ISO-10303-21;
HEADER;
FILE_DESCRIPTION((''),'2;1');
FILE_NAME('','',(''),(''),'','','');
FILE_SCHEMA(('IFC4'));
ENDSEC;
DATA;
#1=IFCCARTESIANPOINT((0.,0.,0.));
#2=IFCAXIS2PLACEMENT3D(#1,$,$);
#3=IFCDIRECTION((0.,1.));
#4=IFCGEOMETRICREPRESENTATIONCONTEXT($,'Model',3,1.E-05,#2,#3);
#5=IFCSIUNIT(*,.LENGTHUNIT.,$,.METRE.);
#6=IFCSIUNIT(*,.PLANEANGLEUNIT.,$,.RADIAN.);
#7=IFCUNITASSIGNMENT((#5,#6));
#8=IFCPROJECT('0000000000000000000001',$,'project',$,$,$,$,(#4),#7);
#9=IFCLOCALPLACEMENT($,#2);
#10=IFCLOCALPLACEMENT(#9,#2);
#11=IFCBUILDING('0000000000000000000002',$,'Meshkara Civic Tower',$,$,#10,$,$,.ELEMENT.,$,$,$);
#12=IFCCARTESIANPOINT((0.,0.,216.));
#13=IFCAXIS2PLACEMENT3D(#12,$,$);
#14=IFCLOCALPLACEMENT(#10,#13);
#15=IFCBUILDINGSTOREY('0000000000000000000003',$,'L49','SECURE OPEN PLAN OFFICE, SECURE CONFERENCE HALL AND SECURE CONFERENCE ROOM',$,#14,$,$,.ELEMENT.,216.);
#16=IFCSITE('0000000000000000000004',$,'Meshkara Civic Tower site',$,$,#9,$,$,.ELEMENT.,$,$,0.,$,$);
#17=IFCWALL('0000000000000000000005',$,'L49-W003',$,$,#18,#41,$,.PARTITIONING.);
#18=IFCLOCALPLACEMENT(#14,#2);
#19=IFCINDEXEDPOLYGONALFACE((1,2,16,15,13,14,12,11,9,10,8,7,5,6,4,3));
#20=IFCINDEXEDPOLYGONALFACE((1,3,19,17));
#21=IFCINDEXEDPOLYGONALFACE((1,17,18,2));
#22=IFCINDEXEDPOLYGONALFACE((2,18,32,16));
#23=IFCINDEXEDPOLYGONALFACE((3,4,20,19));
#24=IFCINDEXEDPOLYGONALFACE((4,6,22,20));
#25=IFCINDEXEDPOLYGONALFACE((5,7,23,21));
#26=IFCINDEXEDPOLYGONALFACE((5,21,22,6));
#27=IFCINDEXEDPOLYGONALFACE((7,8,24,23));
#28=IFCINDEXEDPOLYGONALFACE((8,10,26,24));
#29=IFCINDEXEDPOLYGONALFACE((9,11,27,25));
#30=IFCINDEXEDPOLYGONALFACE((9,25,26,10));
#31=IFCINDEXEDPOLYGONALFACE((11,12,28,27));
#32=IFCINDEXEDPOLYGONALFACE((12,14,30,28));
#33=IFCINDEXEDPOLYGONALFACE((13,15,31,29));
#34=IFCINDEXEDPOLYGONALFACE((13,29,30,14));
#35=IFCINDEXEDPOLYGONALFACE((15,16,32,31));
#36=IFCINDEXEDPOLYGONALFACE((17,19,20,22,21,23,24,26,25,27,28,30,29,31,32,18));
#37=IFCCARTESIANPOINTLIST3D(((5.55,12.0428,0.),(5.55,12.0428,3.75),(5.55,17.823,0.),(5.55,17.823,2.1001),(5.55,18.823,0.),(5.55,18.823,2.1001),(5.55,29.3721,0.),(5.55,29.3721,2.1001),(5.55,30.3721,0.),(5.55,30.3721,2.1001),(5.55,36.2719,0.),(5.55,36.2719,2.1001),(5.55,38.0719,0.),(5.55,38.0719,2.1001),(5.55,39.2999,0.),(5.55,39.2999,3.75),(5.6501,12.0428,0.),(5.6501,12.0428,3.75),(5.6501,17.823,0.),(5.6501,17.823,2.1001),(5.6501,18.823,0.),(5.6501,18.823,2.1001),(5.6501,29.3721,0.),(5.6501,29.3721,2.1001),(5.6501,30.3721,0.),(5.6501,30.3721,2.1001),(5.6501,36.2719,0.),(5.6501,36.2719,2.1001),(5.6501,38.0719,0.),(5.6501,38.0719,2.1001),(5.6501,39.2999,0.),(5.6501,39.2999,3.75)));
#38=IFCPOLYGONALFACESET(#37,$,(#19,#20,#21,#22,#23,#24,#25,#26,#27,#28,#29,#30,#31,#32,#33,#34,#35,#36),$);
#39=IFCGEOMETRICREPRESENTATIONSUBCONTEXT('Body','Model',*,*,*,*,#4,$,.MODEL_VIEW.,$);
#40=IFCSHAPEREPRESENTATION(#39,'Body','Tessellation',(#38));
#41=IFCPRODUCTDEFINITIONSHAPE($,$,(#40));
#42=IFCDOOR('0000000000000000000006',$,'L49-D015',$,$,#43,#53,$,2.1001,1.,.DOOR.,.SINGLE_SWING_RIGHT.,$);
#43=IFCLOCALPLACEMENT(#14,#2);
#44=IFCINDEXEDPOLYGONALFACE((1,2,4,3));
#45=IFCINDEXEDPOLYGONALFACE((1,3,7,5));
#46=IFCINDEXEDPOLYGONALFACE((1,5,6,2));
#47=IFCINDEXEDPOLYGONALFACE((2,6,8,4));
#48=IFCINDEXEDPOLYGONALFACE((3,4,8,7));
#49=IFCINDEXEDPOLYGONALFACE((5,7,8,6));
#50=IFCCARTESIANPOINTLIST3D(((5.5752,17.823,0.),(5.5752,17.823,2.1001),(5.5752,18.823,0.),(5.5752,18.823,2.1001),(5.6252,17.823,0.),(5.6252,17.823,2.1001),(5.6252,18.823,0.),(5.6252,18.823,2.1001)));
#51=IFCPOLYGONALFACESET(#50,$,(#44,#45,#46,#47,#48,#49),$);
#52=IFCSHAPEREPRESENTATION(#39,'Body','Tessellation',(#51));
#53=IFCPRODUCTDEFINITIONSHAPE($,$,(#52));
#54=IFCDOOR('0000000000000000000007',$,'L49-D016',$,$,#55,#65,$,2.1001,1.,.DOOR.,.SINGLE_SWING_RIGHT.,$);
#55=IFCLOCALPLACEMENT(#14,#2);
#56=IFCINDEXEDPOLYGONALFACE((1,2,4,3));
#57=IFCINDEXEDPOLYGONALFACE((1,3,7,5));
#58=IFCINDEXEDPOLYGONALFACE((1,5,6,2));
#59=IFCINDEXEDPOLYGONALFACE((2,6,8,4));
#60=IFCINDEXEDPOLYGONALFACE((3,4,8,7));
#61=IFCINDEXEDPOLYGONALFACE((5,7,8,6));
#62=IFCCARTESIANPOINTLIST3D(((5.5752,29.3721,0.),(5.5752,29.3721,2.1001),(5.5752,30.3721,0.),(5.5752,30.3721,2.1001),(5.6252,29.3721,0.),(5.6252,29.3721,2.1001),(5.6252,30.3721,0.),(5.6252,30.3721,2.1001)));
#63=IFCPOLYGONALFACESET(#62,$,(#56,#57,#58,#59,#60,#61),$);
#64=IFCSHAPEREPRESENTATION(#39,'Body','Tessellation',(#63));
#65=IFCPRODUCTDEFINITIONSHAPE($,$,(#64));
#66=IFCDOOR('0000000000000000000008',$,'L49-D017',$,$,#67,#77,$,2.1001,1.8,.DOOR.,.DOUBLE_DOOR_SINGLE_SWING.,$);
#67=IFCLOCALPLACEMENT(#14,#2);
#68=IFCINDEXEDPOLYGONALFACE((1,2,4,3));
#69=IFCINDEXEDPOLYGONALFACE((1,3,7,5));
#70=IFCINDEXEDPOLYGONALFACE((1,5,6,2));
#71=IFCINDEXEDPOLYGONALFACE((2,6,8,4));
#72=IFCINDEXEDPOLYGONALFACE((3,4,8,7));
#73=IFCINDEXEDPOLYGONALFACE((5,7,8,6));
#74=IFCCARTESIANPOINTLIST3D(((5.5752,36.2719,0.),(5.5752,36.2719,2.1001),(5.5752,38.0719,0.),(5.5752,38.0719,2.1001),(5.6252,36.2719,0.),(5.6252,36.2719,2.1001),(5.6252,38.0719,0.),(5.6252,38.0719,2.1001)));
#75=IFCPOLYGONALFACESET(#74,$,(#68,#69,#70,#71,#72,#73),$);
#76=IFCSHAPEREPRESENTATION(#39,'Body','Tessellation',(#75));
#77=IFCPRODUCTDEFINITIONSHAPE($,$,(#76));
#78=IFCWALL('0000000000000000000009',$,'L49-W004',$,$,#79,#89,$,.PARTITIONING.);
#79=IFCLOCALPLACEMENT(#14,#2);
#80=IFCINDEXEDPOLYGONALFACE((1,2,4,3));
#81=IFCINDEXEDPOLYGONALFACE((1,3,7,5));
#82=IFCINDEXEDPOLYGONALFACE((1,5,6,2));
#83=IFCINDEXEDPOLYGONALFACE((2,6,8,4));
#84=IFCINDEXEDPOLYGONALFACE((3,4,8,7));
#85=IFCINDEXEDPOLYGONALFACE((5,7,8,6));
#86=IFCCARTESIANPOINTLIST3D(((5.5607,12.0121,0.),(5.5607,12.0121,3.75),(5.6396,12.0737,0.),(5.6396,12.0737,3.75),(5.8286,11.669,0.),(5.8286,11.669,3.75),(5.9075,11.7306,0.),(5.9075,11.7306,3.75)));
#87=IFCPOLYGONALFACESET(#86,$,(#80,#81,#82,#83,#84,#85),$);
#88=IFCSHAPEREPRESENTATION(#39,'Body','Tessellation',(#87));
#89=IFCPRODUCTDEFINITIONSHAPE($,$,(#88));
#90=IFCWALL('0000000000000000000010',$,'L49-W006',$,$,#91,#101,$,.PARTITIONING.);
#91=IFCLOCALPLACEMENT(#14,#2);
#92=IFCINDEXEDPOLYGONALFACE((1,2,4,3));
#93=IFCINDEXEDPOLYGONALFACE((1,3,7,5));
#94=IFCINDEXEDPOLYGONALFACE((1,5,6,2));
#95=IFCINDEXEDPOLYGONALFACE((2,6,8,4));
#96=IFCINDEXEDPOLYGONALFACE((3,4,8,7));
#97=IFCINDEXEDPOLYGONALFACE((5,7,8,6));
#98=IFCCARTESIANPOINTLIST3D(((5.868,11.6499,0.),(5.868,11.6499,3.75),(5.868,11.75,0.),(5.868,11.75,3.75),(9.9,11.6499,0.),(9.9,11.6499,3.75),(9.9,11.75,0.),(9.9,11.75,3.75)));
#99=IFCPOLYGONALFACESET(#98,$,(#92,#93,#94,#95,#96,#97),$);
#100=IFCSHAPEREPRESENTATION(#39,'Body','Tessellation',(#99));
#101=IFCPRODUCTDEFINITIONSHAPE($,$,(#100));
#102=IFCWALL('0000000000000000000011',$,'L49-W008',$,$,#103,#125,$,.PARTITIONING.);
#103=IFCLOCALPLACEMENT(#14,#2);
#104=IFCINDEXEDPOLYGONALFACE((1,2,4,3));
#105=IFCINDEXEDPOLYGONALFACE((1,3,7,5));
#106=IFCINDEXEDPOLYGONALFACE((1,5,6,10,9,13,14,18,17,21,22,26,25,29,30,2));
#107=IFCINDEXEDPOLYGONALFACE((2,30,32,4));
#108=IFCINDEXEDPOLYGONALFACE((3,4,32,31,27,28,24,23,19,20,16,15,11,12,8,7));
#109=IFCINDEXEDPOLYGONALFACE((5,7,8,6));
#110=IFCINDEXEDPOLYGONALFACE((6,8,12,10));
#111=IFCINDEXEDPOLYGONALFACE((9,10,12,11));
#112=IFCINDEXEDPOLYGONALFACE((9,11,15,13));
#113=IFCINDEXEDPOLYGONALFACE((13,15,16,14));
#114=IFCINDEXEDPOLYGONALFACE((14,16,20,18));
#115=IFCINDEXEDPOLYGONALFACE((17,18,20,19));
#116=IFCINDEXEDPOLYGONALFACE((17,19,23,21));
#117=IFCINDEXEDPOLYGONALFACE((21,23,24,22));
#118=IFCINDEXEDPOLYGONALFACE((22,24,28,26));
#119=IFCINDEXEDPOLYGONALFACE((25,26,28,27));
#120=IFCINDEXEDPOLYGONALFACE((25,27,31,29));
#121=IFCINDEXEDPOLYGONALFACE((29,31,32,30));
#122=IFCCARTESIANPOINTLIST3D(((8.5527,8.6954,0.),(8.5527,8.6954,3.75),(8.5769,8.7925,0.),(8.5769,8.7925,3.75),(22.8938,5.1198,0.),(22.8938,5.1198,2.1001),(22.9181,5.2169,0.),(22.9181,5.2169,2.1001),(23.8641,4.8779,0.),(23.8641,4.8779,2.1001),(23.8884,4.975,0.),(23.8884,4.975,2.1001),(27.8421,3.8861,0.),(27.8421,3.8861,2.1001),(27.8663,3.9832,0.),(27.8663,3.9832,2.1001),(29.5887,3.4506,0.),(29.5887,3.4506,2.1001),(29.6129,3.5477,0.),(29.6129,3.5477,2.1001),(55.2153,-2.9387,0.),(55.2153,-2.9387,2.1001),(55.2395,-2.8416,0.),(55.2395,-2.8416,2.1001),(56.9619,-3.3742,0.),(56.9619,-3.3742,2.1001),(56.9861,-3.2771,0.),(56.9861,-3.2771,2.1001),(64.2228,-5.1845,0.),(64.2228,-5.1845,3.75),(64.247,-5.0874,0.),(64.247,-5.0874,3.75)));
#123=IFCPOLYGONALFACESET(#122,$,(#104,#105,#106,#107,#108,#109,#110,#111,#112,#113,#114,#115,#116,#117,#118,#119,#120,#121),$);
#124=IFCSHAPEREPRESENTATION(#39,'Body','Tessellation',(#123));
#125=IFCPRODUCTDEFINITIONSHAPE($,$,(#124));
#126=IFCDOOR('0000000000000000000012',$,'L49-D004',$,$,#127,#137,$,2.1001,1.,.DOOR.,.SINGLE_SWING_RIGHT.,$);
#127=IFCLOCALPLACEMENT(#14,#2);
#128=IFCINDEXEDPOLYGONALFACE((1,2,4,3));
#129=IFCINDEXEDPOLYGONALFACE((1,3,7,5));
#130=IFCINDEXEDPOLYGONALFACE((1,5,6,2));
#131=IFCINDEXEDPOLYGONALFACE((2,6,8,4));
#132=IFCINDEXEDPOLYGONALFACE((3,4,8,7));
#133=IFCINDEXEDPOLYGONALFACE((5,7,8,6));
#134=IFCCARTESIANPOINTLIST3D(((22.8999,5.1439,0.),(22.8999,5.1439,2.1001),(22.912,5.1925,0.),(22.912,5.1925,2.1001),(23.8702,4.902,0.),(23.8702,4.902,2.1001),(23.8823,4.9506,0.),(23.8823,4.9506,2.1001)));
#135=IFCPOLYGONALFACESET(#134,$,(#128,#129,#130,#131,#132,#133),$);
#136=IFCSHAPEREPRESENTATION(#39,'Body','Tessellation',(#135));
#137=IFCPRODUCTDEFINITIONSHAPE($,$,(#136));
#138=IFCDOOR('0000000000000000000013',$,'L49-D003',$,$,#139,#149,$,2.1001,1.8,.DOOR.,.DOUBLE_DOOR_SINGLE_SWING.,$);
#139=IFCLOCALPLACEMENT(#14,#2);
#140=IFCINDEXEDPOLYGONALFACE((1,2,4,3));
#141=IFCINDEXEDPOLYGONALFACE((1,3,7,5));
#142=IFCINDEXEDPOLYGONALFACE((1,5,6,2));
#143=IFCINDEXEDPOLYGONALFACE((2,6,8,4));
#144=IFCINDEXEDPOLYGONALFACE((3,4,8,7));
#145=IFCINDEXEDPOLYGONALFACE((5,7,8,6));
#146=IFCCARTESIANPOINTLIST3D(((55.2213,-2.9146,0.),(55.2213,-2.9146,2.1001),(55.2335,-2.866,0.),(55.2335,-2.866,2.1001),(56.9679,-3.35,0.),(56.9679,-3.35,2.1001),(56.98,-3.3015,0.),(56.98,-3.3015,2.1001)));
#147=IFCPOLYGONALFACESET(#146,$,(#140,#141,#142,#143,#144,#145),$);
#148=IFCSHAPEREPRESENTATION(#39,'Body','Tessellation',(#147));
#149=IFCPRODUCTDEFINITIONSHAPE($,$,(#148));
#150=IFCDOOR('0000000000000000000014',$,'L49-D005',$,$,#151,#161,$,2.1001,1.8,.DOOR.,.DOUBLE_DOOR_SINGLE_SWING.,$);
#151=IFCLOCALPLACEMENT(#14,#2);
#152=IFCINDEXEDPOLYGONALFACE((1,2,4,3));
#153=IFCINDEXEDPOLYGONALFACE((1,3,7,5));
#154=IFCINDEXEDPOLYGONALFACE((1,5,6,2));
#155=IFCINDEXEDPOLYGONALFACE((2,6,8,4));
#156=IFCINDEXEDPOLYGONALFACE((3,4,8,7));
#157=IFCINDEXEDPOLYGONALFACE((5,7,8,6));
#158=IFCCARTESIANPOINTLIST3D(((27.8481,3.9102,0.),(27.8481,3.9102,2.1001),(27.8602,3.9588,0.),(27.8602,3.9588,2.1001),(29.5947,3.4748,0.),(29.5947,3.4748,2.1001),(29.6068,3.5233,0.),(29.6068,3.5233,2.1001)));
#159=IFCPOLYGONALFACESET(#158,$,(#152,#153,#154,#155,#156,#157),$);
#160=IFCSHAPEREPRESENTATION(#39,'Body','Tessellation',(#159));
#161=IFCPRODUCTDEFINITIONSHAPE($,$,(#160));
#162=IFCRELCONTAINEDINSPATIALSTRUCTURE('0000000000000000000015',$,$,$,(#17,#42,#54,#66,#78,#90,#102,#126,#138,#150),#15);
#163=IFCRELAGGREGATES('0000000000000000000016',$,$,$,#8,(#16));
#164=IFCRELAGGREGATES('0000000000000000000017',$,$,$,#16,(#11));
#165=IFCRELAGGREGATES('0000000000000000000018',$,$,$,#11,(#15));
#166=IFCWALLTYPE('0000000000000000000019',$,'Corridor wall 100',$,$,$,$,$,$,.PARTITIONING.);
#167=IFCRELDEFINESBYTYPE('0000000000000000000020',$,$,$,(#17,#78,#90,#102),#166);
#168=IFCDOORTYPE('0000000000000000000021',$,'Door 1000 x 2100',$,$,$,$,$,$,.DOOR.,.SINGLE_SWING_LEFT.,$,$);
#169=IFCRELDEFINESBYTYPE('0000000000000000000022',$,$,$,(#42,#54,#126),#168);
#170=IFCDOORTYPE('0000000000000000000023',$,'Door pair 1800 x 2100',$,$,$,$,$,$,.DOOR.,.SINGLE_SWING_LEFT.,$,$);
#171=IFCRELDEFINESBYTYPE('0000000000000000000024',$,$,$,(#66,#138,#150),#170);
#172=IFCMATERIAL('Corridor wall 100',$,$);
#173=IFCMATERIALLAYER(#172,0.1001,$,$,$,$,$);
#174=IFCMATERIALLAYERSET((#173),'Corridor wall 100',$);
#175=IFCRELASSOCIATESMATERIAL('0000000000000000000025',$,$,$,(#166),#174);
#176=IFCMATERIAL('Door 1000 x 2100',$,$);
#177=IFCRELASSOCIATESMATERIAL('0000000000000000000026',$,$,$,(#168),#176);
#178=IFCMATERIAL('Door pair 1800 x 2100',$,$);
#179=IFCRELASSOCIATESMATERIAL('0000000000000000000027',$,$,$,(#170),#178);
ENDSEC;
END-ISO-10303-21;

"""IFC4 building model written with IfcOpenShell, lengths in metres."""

from ifc_helpers import new_model, si_unit, direction, frame, frame_2d, origin, place, context, subcontext, project, spatial, rectangle, extrude, material, layer, layer_set, type_object, element, fill, save


model = new_model("IFC4")

# Units and contexts
model_context = context("Model", 3, precision=1e-05, world=origin(), true_north=direction((0.0, 1.0)))
body_context = subcontext(model_context, "Body", "Model", "MODEL_VIEW")
ifc_project = project(units=[si_unit("LENGTHUNIT", "METRE"), si_unit("PLANEANGLEUNIT", "RADIAN")], contexts=[model_context])

# Site, building, storey
site_placement = place(None, origin())
site = spatial("IfcSite", under=ifc_project, at=site_placement, Name="Meshkara Civic Tower site", CompositionType="ELEMENT", RefElevation=0.0)
building_placement = place(site_placement, origin())
building = spatial("IfcBuilding", under=site, at=building_placement, Name="Meshkara Civic Tower", CompositionType="ELEMENT")
storey_placement = place(building_placement, frame((0.0, 0.0, 216.0)))
storey = spatial("IfcBuildingStorey", under=building, at=storey_placement, Name="L49", Description="SECURE OPEN PLAN OFFICE, SECURE CONFERENCE HALL AND SECURE CONFERENCE ROOM", CompositionType="ELEMENT", Elevation=216.0)

# Wall, openings, doors
ifc_material_1 = material(Name="Corridor wall 100")
ifc_layer_1 = layer(ifc_material_1, 0.1001)
ifc_layer_set_1 = layer_set([ifc_layer_1], Name="Corridor wall 100")
wall_type_1 = type_object("IfcWallType", Name="Corridor wall 100", PredefinedType="PARTITIONING", material=ifc_layer_set_1)
wall_1_placement = place(storey_placement, frame((5.6001, 12.043, 0.0), z_axis=(0.0, 0.0, 1.0), x_axis=(0.0, 1.0, 0.0)))
wall_1 = element("IfcWall", 1, at=wall_1_placement, inside=storey, type_object=wall_type_1, Name="L49-W003", PredefinedType="PARTITIONING", context=body_context, shape_type="SweptSolid", body=[
    extrude(rectangle(XDim=27.2571, YDim=0.1001, at=frame_2d((13.6284, 0.0))), origin(), (0.0, 0.0, 1.0), 3.75),
])
opening_1_placement = place(wall_1_placement, frame((5.78, 0.0, 0.0)))
opening_1 = element("IfcOpeningElement", 2, at=opening_1_placement, cuts=wall_1, PredefinedType="OPENING", context=body_context, shape_type="SweptSolid", body=[
    extrude(rectangle(XDim=1.0, YDim=2.1001, at=frame_2d((0.5, 1.05))), frame((0.0, 0.0601, 0.0), z_axis=(0.0, -1.0, 0.0), x_axis=(1.0, 0.0, 0.0)), (0.0, 0.0, 1.0), 0.1201),
])
opening_2_placement = place(wall_1_placement, frame((17.3291, 0.0, 0.0)))
opening_2 = element("IfcOpeningElement", 3, at=opening_2_placement, cuts=wall_1, PredefinedType="OPENING", context=body_context, shape_type="SweptSolid", body=[
    extrude(rectangle(XDim=1.0, YDim=2.1001, at=frame_2d((0.5, 1.05))), frame((0.0, 0.0601, 0.0), z_axis=(0.0, -1.0, 0.0), x_axis=(1.0, 0.0, 0.0)), (0.0, 0.0, 1.0), 0.1201),
])
opening_3_placement = place(wall_1_placement, frame((24.229, 0.0, 0.0)))
opening_3 = element("IfcOpeningElement", 4, at=opening_3_placement, cuts=wall_1, PredefinedType="OPENING", context=body_context, shape_type="SweptSolid", body=[
    extrude(rectangle(XDim=1.8, YDim=2.1001, at=frame_2d((0.8999, 1.05))), frame((0.0, 0.0601, 0.0), z_axis=(0.0, -1.0, 0.0), x_axis=(1.0, 0.0, 0.0)), (0.0, 0.0, 1.0), 0.1201),
])
ifc_material_2 = material(Name="Door 1000 x 2100")
door_type_1 = type_object("IfcDoorType", Name="Door 1000 x 2100", OperationType="SINGLE_SWING_LEFT", PredefinedType="DOOR", material=ifc_material_2)
door_1_placement = place(opening_1_placement, origin())
door_1 = element("IfcDoor", 5, at=door_1_placement, inside=storey, type_object=door_type_1, Name="L49-D015", OperationType="SINGLE_SWING_RIGHT", OverallHeight=2.1001, OverallWidth=1.0, PredefinedType="DOOR", context=body_context, shape_type="SweptSolid", body=[
    extrude(rectangle(XDim=1.0, YDim=2.1001, at=frame_2d((0.5, 1.05))), frame((0.0, 0.0249, 0.0), z_axis=(0.0, -1.0, 0.0), x_axis=(1.0, 0.0, 0.0)), (0.0, 0.0, 1.0), 0.05),
])
fill(opening_1, door_1)
door_2_placement = place(opening_2_placement, origin())
door_2 = element("IfcDoor", 6, at=door_2_placement, inside=storey, type_object=door_type_1, Name="L49-D016", OperationType="SINGLE_SWING_RIGHT", OverallHeight=2.1001, OverallWidth=1.0, PredefinedType="DOOR", context=body_context, shape_type="SweptSolid", body=[
    extrude(rectangle(XDim=1.0, YDim=2.1001, at=frame_2d((0.5, 1.05))), frame((0.0, 0.0249, 0.0), z_axis=(0.0, -1.0, 0.0), x_axis=(1.0, 0.0, 0.0)), (0.0, 0.0, 1.0), 0.05),
])
fill(opening_2, door_2)
ifc_material_3 = material(Name="Door pair 1800 x 2100")
door_type_2 = type_object("IfcDoorType", Name="Door pair 1800 x 2100", OperationType="SINGLE_SWING_LEFT", PredefinedType="DOOR", material=ifc_material_3)
door_3_placement = place(opening_3_placement, origin())
door_3 = element("IfcDoor", 7, at=door_3_placement, inside=storey, type_object=door_type_2, Name="L49-D017", OperationType="DOUBLE_DOOR_SINGLE_SWING", OverallHeight=2.1001, OverallWidth=1.8, PredefinedType="DOOR", context=body_context, shape_type="SweptSolid", body=[
    extrude(rectangle(XDim=1.8, YDim=2.1001, at=frame_2d((0.8999, 1.05))), frame((0.0, 0.0249, 0.0), z_axis=(0.0, -1.0, 0.0), x_axis=(1.0, 0.0, 0.0)), (0.0, 0.0, 1.0), 0.05),
])
fill(opening_3, door_3)

# Walls
wall_2_placement = place(storey_placement, frame((5.6001, 12.043, 0.0), z_axis=(0.0, 0.0, 1.0), x_axis=(0.615415, -0.788203, 0.0)))
element("IfcWall", 8, at=wall_2_placement, inside=storey, type_object=wall_type_1, Name="L49-W004", PredefinedType="PARTITIONING", context=body_context, shape_type="SweptSolid", body=[
    extrude(rectangle(XDim=0.4353, YDim=0.1001, at=frame_2d((0.2178, 0.0))), origin(), (0.0, 0.0, 1.0), 3.75),
])
wall_3_placement = place(storey_placement, frame((5.8679, 11.7, 0.0), z_axis=(0.0, 0.0, 1.0), x_axis=(1.0, 0.0, 0.0)))
element("IfcWall", 9, at=wall_3_placement, inside=storey, type_object=wall_type_1, Name="L49-W006", PredefinedType="PARTITIONING", context=body_context, shape_type="SweptSolid", body=[
    extrude(rectangle(XDim=4.032, YDim=0.1001, at=frame_2d((2.0161, 0.0))), origin(), (0.0, 0.0, 1.0), 3.75),
])

# Wall, openings, doors
wall_4_placement = place(storey_placement, frame((8.5649, 8.7439, 0.0), z_axis=(0.0, 0.0, 1.0), x_axis=(0.970297, -0.241918, 0.0)))
wall_4 = element("IfcWall", 10, at=wall_4_placement, inside=storey, type_object=wall_type_1, Name="L49-W008", PredefinedType="PARTITIONING", context=body_context, shape_type="SweptSolid", body=[
    extrude(rectangle(XDim=57.3743, YDim=0.1001, at=frame_2d((28.687, 0.0))), origin(), (0.0, 0.0, 1.0), 3.75),
])
opening_4_placement = place(wall_4_placement, frame((48.0911, 0.0, 0.0)))
opening_4 = element("IfcOpeningElement", 11, at=opening_4_placement, cuts=wall_4, PredefinedType="OPENING", context=body_context, shape_type="SweptSolid", body=[
    extrude(rectangle(XDim=1.8, YDim=2.1001, at=frame_2d((0.8999, 1.05))), frame((0.0, 0.0601, 0.0), z_axis=(0.0, -1.0, 0.0), x_axis=(1.0, 0.0, 0.0)), (0.0, 0.0, 1.0), 0.1201),
])
opening_5_placement = place(wall_4_placement, frame((14.78, 0.0, 0.0)))
opening_5 = element("IfcOpeningElement", 12, at=opening_5_placement, cuts=wall_4, PredefinedType="OPENING", context=body_context, shape_type="SweptSolid", body=[
    extrude(rectangle(XDim=1.0, YDim=2.1001, at=frame_2d((0.5, 1.05))), frame((0.0, 0.0601, 0.0), z_axis=(0.0, -1.0, 0.0), x_axis=(1.0, 0.0, 0.0)), (0.0, 0.0, 1.0), 0.1201),
])
opening_6_placement = place(wall_4_placement, frame((19.8799, 0.0, 0.0)))
opening_6 = element("IfcOpeningElement", 13, at=opening_6_placement, cuts=wall_4, PredefinedType="OPENING", context=body_context, shape_type="SweptSolid", body=[
    extrude(rectangle(XDim=1.8, YDim=2.1001, at=frame_2d((0.8999, 1.05))), frame((0.0, 0.0601, 0.0), z_axis=(0.0, -1.0, 0.0), x_axis=(1.0, 0.0, 0.0)), (0.0, 0.0, 1.0), 0.1201),
])
door_4_placement = place(opening_5_placement, origin())
door_4 = element("IfcDoor", 14, at=door_4_placement, inside=storey, type_object=door_type_1, Name="L49-D004", OperationType="SINGLE_SWING_RIGHT", OverallHeight=2.1001, OverallWidth=1.0, PredefinedType="DOOR", context=body_context, shape_type="SweptSolid", body=[
    extrude(rectangle(XDim=1.0, YDim=2.1001, at=frame_2d((0.5, 1.05))), frame((0.0, 0.0249, 0.0), z_axis=(0.0, -1.0, 0.0), x_axis=(1.0, 0.0, 0.0)), (0.0, 0.0, 1.0), 0.05),
])
fill(opening_5, door_4)
door_5_placement = place(opening_4_placement, origin())
door_5 = element("IfcDoor", 15, at=door_5_placement, inside=storey, type_object=door_type_2, Name="L49-D003", OperationType="DOUBLE_DOOR_SINGLE_SWING", OverallHeight=2.1001, OverallWidth=1.8, PredefinedType="DOOR", context=body_context, shape_type="SweptSolid", body=[
    extrude(rectangle(XDim=1.8, YDim=2.1001, at=frame_2d((0.8999, 1.05))), frame((0.0, 0.0249, 0.0), z_axis=(0.0, -1.0, 0.0), x_axis=(1.0, 0.0, 0.0)), (0.0, 0.0, 1.0), 0.05),
])
fill(opening_4, door_5)
door_6_placement = place(opening_6_placement, origin())
door_6 = element("IfcDoor", 16, at=door_6_placement, inside=storey, type_object=door_type_2, Name="L49-D005", OperationType="DOUBLE_DOOR_SINGLE_SWING", OverallHeight=2.1001, OverallWidth=1.8, PredefinedType="DOOR", context=body_context, shape_type="SweptSolid", body=[
    extrude(rectangle(XDim=1.8, YDim=2.1001, at=frame_2d((0.8999, 1.05))), frame((0.0, 0.0249, 0.0), z_axis=(0.0, -1.0, 0.0), x_axis=(1.0, 0.0, 0.0)), (0.0, 0.0, 1.0), 0.05),
])
fill(opening_6, door_6)

save(model, "model.ifc")
